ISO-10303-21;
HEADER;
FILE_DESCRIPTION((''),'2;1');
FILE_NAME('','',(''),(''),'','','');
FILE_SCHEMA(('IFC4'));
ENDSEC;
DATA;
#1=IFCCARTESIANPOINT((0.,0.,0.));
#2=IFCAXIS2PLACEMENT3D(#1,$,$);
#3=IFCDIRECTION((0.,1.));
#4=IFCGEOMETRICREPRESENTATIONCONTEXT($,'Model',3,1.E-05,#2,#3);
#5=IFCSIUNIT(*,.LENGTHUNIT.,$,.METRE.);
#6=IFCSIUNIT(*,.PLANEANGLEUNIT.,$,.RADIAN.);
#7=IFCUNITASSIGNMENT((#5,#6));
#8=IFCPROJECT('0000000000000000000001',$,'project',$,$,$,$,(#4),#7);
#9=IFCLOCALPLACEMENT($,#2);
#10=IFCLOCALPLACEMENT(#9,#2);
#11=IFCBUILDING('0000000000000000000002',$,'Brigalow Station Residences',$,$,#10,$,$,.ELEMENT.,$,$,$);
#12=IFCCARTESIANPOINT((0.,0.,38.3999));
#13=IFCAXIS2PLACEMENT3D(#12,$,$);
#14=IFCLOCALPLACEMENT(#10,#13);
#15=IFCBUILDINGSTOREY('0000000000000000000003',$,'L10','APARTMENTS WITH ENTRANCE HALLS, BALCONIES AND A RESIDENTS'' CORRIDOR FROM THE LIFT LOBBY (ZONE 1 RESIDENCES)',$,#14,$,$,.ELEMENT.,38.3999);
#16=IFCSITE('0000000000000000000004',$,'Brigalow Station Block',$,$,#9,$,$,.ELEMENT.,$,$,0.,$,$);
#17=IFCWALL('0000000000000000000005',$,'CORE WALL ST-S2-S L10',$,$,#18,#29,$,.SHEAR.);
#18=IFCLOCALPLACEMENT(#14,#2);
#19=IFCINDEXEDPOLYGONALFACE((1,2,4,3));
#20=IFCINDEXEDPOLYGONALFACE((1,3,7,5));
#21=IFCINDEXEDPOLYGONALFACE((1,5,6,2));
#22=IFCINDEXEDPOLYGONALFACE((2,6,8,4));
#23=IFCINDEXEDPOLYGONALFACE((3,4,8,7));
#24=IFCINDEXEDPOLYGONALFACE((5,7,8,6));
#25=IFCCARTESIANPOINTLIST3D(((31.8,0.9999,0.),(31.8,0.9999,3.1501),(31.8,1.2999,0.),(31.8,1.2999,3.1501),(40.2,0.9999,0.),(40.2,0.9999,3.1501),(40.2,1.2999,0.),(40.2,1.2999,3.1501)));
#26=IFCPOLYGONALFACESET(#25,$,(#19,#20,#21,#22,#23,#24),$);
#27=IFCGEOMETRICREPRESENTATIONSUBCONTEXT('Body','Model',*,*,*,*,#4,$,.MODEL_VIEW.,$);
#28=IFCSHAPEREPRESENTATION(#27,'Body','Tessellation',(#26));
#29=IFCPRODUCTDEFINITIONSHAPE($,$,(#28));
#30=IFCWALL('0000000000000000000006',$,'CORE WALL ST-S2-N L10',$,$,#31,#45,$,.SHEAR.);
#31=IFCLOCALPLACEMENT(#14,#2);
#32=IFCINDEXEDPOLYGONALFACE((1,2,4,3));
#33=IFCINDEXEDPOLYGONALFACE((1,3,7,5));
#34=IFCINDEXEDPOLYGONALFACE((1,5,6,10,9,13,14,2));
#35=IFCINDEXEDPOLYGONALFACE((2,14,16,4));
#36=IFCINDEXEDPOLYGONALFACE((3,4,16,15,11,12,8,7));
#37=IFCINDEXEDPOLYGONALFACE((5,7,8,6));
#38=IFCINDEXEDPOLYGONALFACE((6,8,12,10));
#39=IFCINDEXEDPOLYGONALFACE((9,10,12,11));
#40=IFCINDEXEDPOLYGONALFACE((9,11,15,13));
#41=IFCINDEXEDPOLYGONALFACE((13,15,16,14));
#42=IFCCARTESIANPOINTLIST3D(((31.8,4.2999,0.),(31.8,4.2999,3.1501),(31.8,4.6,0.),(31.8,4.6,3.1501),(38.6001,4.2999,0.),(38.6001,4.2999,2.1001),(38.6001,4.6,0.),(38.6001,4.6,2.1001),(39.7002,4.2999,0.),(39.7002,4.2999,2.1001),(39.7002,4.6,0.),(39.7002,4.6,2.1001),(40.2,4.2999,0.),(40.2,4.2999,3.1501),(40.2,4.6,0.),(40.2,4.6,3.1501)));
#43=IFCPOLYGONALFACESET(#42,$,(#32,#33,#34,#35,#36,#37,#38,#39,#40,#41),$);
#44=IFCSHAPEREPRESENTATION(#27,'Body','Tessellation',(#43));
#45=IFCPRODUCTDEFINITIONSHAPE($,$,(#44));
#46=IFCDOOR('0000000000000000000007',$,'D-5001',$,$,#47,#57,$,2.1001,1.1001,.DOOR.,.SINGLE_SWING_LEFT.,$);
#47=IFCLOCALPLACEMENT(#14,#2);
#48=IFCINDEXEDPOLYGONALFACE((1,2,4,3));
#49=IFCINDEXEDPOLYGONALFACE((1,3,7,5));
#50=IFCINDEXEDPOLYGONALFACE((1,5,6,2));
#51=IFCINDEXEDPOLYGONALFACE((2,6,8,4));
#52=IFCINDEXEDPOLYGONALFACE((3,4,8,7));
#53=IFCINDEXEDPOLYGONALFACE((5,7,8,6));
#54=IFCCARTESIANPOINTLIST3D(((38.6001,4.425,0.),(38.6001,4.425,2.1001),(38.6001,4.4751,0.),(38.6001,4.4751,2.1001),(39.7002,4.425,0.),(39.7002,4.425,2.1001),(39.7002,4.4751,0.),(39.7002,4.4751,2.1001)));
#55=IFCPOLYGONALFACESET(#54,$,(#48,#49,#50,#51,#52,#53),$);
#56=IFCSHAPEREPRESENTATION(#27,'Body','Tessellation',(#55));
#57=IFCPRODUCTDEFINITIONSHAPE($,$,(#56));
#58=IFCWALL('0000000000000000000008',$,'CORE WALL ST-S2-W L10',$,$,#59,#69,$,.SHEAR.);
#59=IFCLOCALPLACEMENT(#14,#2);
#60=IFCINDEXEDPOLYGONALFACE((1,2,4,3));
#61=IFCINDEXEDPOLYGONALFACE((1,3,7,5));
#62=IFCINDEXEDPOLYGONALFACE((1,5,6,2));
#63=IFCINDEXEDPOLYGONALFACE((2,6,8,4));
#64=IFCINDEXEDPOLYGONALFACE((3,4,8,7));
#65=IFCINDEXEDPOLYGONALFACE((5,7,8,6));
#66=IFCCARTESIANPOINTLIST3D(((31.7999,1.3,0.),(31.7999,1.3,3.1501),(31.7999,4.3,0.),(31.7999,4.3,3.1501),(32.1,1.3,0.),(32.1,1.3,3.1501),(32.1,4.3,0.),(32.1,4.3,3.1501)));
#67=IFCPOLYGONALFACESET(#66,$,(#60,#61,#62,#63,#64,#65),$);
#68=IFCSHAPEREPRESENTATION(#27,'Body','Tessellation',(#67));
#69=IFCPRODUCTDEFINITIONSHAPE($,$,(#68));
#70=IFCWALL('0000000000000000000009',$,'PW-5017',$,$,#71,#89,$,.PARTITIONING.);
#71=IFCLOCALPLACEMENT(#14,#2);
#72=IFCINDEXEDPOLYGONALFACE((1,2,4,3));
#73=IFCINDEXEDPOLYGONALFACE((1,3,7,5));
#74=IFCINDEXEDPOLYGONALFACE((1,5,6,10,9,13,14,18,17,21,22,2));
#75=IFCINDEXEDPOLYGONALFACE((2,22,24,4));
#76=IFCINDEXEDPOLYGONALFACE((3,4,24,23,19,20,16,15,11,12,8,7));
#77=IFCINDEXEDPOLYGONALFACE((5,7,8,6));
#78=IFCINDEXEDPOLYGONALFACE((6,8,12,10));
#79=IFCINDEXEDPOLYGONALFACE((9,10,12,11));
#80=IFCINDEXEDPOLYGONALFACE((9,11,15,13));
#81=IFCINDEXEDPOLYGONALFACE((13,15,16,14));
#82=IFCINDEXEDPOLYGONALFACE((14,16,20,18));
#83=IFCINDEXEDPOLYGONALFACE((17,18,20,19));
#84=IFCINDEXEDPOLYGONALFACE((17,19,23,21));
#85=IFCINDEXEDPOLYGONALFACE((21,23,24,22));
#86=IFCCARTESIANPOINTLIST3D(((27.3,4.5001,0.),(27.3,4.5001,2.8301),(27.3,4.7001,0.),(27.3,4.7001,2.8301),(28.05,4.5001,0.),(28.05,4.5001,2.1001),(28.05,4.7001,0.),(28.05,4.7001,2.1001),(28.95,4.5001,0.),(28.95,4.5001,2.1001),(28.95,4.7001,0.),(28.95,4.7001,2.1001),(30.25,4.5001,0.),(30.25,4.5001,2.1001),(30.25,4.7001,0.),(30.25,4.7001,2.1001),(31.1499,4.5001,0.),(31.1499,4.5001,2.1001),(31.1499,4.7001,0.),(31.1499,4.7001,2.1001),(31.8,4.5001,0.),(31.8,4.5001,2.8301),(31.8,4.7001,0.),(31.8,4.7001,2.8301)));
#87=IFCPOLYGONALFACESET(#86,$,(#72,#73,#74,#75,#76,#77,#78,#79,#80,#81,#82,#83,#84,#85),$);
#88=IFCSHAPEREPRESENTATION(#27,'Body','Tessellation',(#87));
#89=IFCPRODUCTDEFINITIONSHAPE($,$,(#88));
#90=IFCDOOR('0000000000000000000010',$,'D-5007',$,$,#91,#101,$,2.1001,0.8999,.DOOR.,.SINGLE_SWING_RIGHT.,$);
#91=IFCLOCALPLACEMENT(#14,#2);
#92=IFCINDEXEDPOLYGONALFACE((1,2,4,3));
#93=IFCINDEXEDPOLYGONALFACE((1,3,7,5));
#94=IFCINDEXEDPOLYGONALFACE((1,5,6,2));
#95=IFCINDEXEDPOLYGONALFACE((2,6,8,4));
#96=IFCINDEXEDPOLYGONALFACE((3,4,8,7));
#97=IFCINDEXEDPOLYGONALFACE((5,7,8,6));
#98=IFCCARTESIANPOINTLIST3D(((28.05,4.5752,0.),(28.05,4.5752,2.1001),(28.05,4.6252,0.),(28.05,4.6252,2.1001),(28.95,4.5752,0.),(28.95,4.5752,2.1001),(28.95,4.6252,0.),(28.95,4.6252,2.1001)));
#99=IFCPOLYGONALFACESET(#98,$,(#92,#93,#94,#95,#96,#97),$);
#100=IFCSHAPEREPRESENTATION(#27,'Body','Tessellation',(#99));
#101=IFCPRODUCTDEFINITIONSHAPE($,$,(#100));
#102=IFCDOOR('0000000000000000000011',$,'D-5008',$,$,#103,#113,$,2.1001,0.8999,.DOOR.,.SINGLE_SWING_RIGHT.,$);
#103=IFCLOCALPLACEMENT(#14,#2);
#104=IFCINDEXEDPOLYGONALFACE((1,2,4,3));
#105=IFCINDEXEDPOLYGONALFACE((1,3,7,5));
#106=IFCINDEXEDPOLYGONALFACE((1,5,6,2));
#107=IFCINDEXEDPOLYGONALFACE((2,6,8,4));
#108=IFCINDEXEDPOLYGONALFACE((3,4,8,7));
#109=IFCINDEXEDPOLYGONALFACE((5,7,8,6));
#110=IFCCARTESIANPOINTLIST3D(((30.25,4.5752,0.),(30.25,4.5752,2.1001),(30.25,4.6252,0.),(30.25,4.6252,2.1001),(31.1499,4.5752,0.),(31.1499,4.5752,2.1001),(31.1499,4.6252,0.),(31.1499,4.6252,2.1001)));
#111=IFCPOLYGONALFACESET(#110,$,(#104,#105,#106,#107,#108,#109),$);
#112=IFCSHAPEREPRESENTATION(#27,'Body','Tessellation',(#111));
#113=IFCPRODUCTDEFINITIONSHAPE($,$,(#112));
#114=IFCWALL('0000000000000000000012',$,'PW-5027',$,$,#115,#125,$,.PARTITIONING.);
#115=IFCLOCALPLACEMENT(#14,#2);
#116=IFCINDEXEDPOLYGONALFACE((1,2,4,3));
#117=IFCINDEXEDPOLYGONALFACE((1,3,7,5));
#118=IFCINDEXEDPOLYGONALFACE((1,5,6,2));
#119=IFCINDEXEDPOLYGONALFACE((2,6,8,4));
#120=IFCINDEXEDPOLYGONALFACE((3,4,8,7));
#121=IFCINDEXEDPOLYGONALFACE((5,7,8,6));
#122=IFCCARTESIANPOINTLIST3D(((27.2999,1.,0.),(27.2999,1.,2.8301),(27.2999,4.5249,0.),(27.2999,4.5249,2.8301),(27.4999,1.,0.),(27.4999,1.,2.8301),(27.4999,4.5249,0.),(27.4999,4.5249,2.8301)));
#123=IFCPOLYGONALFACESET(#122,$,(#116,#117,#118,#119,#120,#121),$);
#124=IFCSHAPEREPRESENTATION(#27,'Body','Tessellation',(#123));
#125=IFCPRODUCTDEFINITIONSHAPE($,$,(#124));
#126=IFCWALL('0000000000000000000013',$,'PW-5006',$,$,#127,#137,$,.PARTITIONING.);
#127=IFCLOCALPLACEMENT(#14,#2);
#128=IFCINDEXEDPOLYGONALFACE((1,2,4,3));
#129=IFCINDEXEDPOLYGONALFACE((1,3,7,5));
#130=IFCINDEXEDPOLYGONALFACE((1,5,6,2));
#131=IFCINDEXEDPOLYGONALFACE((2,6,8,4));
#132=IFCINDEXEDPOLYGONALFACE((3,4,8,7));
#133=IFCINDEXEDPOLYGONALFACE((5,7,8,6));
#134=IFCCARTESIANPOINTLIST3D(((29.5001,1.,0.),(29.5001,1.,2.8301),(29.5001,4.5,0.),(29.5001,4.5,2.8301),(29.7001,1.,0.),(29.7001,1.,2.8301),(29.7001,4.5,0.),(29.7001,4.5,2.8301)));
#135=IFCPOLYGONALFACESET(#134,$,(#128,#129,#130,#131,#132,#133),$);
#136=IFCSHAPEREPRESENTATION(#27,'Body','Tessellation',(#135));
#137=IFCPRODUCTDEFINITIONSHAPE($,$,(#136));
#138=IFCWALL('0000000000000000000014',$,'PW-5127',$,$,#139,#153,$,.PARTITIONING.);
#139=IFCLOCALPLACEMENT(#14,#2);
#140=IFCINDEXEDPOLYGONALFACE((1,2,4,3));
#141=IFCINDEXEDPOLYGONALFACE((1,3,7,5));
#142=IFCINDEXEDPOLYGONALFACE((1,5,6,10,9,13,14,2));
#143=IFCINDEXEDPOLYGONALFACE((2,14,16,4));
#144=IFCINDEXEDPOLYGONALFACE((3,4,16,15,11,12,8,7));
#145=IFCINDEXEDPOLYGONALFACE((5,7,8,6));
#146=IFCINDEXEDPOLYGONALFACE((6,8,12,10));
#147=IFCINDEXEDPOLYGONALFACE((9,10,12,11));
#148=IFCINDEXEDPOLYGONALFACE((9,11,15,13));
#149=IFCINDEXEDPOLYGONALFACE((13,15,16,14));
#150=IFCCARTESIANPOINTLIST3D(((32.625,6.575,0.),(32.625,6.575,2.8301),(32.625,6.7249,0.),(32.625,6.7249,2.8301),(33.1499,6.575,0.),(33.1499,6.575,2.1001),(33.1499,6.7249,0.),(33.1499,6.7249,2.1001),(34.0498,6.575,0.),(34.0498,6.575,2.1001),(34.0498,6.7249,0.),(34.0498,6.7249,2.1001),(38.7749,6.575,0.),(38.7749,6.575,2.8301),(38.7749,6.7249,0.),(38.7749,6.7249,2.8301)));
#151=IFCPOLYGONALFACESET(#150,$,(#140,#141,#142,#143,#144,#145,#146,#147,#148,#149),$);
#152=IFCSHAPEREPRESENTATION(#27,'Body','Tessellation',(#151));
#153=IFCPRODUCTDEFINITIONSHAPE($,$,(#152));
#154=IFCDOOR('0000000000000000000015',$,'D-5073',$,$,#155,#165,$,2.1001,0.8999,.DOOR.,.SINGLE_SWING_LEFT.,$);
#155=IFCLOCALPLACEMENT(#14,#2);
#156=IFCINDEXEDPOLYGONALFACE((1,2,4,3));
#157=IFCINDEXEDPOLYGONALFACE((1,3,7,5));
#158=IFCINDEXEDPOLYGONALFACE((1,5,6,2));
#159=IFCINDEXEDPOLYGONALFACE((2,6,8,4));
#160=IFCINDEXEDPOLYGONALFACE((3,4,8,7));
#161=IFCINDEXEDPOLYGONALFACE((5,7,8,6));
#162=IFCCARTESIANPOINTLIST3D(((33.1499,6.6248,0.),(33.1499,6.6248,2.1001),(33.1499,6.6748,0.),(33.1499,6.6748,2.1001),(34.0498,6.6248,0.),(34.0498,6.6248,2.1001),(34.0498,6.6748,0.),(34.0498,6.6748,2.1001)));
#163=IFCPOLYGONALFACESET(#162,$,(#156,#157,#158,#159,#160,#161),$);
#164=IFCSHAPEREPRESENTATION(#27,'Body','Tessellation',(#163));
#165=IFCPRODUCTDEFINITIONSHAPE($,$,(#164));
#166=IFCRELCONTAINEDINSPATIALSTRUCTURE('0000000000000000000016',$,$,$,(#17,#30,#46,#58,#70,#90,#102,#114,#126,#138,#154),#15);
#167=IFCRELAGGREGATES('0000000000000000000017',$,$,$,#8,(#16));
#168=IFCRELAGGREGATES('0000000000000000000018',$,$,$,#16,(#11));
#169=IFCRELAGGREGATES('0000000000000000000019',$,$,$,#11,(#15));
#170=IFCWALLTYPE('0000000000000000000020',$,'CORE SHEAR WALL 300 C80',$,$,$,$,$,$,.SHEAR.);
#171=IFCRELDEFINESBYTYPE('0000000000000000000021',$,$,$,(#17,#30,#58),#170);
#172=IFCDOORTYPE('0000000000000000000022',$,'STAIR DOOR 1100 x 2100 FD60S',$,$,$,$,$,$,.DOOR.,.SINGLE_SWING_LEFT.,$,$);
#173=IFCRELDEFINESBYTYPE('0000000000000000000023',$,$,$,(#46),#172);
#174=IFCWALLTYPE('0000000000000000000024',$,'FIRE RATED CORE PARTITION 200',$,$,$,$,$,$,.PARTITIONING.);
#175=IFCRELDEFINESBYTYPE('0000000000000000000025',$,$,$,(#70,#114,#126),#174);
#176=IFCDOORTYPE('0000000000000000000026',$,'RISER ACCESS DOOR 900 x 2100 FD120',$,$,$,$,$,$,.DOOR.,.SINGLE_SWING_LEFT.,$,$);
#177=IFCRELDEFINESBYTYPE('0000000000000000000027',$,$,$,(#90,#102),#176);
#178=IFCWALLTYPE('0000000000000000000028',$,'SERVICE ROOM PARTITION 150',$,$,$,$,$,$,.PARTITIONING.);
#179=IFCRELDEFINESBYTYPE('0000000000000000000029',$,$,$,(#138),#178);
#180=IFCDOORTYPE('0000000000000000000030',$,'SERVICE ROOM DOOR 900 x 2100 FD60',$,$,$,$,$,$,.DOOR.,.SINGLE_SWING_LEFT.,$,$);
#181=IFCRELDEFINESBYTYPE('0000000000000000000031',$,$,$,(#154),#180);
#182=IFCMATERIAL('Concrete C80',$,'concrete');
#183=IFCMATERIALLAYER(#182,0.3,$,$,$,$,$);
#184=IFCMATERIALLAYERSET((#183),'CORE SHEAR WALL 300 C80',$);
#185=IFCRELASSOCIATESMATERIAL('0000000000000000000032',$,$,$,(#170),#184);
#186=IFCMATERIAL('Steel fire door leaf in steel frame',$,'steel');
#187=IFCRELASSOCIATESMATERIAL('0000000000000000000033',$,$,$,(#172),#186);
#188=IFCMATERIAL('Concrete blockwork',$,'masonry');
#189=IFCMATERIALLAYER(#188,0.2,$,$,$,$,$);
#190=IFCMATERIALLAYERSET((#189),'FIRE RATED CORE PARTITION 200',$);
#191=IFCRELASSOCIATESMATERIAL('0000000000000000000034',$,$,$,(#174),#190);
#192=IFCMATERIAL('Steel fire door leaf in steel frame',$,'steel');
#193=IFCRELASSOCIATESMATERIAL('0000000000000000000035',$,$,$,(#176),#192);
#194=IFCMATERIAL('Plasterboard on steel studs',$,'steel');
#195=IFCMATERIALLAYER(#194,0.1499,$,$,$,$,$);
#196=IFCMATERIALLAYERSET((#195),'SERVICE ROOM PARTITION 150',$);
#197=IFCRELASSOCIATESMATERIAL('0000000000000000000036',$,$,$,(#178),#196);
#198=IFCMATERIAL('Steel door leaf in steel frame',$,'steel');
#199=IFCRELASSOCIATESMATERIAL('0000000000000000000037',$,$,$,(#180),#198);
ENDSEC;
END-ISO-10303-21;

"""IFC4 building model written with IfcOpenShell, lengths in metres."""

from ifc_helpers import new_model, si_unit, direction, frame, frame_2d, origin, place, context, subcontext, project, spatial, rectangle, extrude, material, layer, layer_set, type_object, element, fill, save


model = new_model("IFC4")

# Units and contexts
model_context = context("Model", 3, precision=1e-05, world=origin(), true_north=direction((0.0, 1.0)))
body_context = subcontext(model_context, "Body", "Model", "MODEL_VIEW")
ifc_project = project(units=[si_unit("LENGTHUNIT", "METRE"), si_unit("PLANEANGLEUNIT", "RADIAN")], contexts=[model_context])

# Site, building, storey
site_placement = place(None, origin())
site = spatial("IfcSite", under=ifc_project, at=site_placement, Name="Brigalow Station Block", CompositionType="ELEMENT", RefElevation=0.0)
building_placement = place(site_placement, origin())
building = spatial("IfcBuilding", under=site, at=building_placement, Name="Brigalow Station Residences", CompositionType="ELEMENT")
storey_placement = place(building_placement, frame((0.0, 0.0, 38.3999)))
storey = spatial("IfcBuildingStorey", under=building, at=storey_placement, Name="L10", Description="APARTMENTS WITH ENTRANCE HALLS, BALCONIES AND A RESIDENTS' CORRIDOR FROM THE LIFT LOBBY (ZONE 1 RESIDENCES)", CompositionType="ELEMENT", Elevation=38.3999)

# Wall
ifc_material_1 = material(Name="Concrete C80", Category="concrete")
ifc_layer_1 = layer(ifc_material_1, 0.3)
ifc_layer_set_1 = layer_set([ifc_layer_1], Name="CORE SHEAR WALL 300 C80")
wall_type_1 = type_object("IfcWallType", Name="CORE SHEAR WALL 300 C80", PredefinedType="SHEAR", material=ifc_layer_set_1)
wall_1_placement = place(storey_placement, frame((31.8, 1.1499, 0.0), z_axis=(0.0, 0.0, 1.0), x_axis=(1.0, 0.0, 0.0)))
element("IfcWall", 1, at=wall_1_placement, inside=storey, type_object=wall_type_1, Name="CORE WALL ST-S2-S L10", PredefinedType="SHEAR", context=body_context, shape_type="SweptSolid", body=[
    extrude(rectangle(XDim=8.3999, YDim=0.3, at=frame_2d((4.2, 0.0))), origin(), (0.0, 0.0, 1.0), 3.1501),
])

# Wall, opening, door
wall_2_placement = place(storey_placement, frame((31.8, 4.45, 0.0), z_axis=(0.0, 0.0, 1.0), x_axis=(1.0, 0.0, 0.0)))
wall_2 = element("IfcWall", 2, at=wall_2_placement, inside=storey, type_object=wall_type_1, Name="CORE WALL ST-S2-N L10", PredefinedType="SHEAR", context=body_context, shape_type="SweptSolid", body=[
    extrude(rectangle(XDim=8.3999, YDim=0.3, at=frame_2d((4.2, 0.0))), origin(), (0.0, 0.0, 1.0), 3.1501),
])
opening_1_placement = place(wall_2_placement, frame((6.8, 0.0, 0.0)))
opening_1 = element("IfcOpeningElement", 3, at=opening_1_placement, cuts=wall_2, PredefinedType="OPENING", context=body_context, shape_type="SweptSolid", body=[
    extrude(rectangle(XDim=1.1001, YDim=2.1001, at=frame_2d((0.55, 1.05))), frame((0.0, 0.1602, 0.0), z_axis=(0.0, -1.0, 0.0), x_axis=(1.0, 0.0, 0.0)), (0.0, 0.0, 1.0), 0.3201),
])
ifc_material_2 = material(Name="Steel fire door leaf in steel frame", Category="steel")
door_type_1 = type_object("IfcDoorType", Name="STAIR DOOR 1100 x 2100 FD60S", OperationType="SINGLE_SWING_LEFT", PredefinedType="DOOR", material=ifc_material_2)
door_1_placement = place(opening_1_placement, frame((1.1001, 0.0, 0.0), z_axis=(0.0, 0.0, 1.0), x_axis=(-1.0, 0.0, 0.0)))
door_1 = element("IfcDoor", 4, at=door_1_placement, inside=storey, type_object=door_type_1, Name="D-5001", OperationType="SINGLE_SWING_LEFT", OverallHeight=2.1001, OverallWidth=1.1001, PredefinedType="DOOR", context=body_context, shape_type="SweptSolid", body=[
    extrude(rectangle(XDim=1.1001, YDim=2.1001, at=frame_2d((0.55, 1.05))), frame((0.0, 0.0249, 0.0), z_axis=(0.0, -1.0, 0.0), x_axis=(1.0, 0.0, 0.0)), (0.0, 0.0, 1.0), 0.05),
])
fill(opening_1, door_1)

# Wall
wall_3_placement = place(storey_placement, frame((31.95, 1.3, 0.0), z_axis=(0.0, 0.0, 1.0), x_axis=(0.0, 1.0, 0.0)))
element("IfcWall", 5, at=wall_3_placement, inside=storey, type_object=wall_type_1, Name="CORE WALL ST-S2-W L10", PredefinedType="SHEAR", context=body_context, shape_type="SweptSolid", body=[
    extrude(rectangle(XDim=3.0, YDim=0.3, at=frame_2d((1.5, 0.0))), origin(), (0.0, 0.0, 1.0), 3.1501),
])

# Wall, openings, doors
ifc_material_3 = material(Name="Concrete blockwork", Category="masonry")
ifc_layer_2 = layer(ifc_material_3, 0.2)
ifc_layer_set_2 = layer_set([ifc_layer_2], Name="FIRE RATED CORE PARTITION 200")
wall_type_2 = type_object("IfcWallType", Name="FIRE RATED CORE PARTITION 200", PredefinedType="PARTITIONING", material=ifc_layer_set_2)
wall_4_placement = place(storey_placement, frame((27.3, 4.6001, 0.0), z_axis=(0.0, 0.0, 1.0), x_axis=(1.0, 0.0, 0.0)))
wall_4 = element("IfcWall", 6, at=wall_4_placement, inside=storey, type_object=wall_type_2, Name="PW-5017", PredefinedType="PARTITIONING", context=body_context, shape_type="SweptSolid", body=[
    extrude(rectangle(XDim=4.5, YDim=0.2, at=frame_2d((2.25, 0.0))), origin(), (0.0, 0.0, 1.0), 2.8301),
])
opening_2_placement = place(wall_4_placement, frame((0.75, 0.0, 0.0)))
opening_2 = element("IfcOpeningElement", 7, at=opening_2_placement, cuts=wall_4, PredefinedType="OPENING", context=body_context, shape_type="SweptSolid", body=[
    extrude(rectangle(XDim=0.8999, YDim=2.1001, at=frame_2d((0.45, 1.05))), frame((0.0, 0.1099, 0.0), z_axis=(0.0, -1.0, 0.0), x_axis=(1.0, 0.0, 0.0)), (0.0, 0.0, 1.0), 0.22),
])
opening_3_placement = place(wall_4_placement, frame((2.95, 0.0, 0.0)))
opening_3 = element("IfcOpeningElement", 8, at=opening_3_placement, cuts=wall_4, PredefinedType="OPENING", context=body_context, shape_type="SweptSolid", body=[
    extrude(rectangle(XDim=0.8999, YDim=2.1001, at=frame_2d((0.45, 1.05))), frame((0.0, 0.1099, 0.0), z_axis=(0.0, -1.0, 0.0), x_axis=(1.0, 0.0, 0.0)), (0.0, 0.0, 1.0), 0.22),
])
ifc_material_4 = material(Name="Steel fire door leaf in steel frame", Category="steel")
door_type_2 = type_object("IfcDoorType", Name="RISER ACCESS DOOR 900 x 2100 FD120", OperationType="SINGLE_SWING_LEFT", PredefinedType="DOOR", material=ifc_material_4)
door_2_placement = place(opening_2_placement, frame((0.8999, 0.0, 0.0), z_axis=(0.0, 0.0, 1.0), x_axis=(-1.0, 0.0, 0.0)))
door_2 = element("IfcDoor", 9, at=door_2_placement, inside=storey, type_object=door_type_2, Name="D-5007", OperationType="SINGLE_SWING_RIGHT", OverallHeight=2.1001, OverallWidth=0.8999, PredefinedType="DOOR", context=body_context, shape_type="SweptSolid", body=[
    extrude(rectangle(XDim=0.8999, YDim=2.1001, at=frame_2d((0.45, 1.05))), frame((0.0, 0.0249, 0.0), z_axis=(0.0, -1.0, 0.0), x_axis=(1.0, 0.0, 0.0)), (0.0, 0.0, 1.0), 0.05),
])
fill(opening_2, door_2)
door_3_placement = place(opening_3_placement, frame((0.8999, 0.0, 0.0), z_axis=(0.0, 0.0, 1.0), x_axis=(-1.0, 0.0, 0.0)))
door_3 = element("IfcDoor", 10, at=door_3_placement, inside=storey, type_object=door_type_2, Name="D-5008", OperationType="SINGLE_SWING_RIGHT", OverallHeight=2.1001, OverallWidth=0.8999, PredefinedType="DOOR", context=body_context, shape_type="SweptSolid", body=[
    extrude(rectangle(XDim=0.8999, YDim=2.1001, at=frame_2d((0.45, 1.05))), frame((0.0, 0.0249, 0.0), z_axis=(0.0, -1.0, 0.0), x_axis=(1.0, 0.0, 0.0)), (0.0, 0.0, 1.0), 0.05),
])
fill(opening_3, door_3)

# Walls
wall_5_placement = place(storey_placement, frame((27.3999, 1.0, 0.0), z_axis=(0.0, 0.0, 1.0), x_axis=(0.0, 1.0, 0.0)))
element("IfcWall", 11, at=wall_5_placement, inside=storey, type_object=wall_type_2, Name="PW-5027", PredefinedType="PARTITIONING", context=body_context, shape_type="SweptSolid", body=[
    extrude(rectangle(XDim=3.5249, YDim=0.2, at=frame_2d((1.7625, 0.0))), origin(), (0.0, 0.0, 1.0), 2.8301),
])
wall_6_placement = place(storey_placement, frame((29.6001, 1.0, 0.0), z_axis=(0.0, 0.0, 1.0), x_axis=(0.0, 1.0, 0.0)))
element("IfcWall", 12, at=wall_6_placement, inside=storey, type_object=wall_type_2, Name="PW-5006", PredefinedType="PARTITIONING", context=body_context, shape_type="SweptSolid", body=[
    extrude(rectangle(XDim=3.5, YDim=0.2, at=frame_2d((1.75, 0.0))), origin(), (0.0, 0.0, 1.0), 2.8301),
])

# Wall, opening, door
ifc_material_5 = material(Name="Plasterboard on steel studs", Category="steel")
ifc_layer_3 = layer(ifc_material_5, 0.1499)
ifc_layer_set_3 = layer_set([ifc_layer_3], Name="SERVICE ROOM PARTITION 150")
wall_type_3 = type_object("IfcWallType", Name="SERVICE ROOM PARTITION 150", PredefinedType="PARTITIONING", material=ifc_layer_set_3)
wall_7_placement = place(storey_placement, frame((32.625, 6.6499, 0.0), z_axis=(0.0, 0.0, 1.0), x_axis=(1.0, 0.0, 0.0)))
wall_7 = element("IfcWall", 13, at=wall_7_placement, inside=storey, type_object=wall_type_3, Name="PW-5127", PredefinedType="PARTITIONING", context=body_context, shape_type="SweptSolid", body=[
    extrude(rectangle(XDim=6.1499, YDim=0.1499, at=frame_2d((3.075, 0.0))), origin(), (0.0, 0.0, 1.0), 2.8301),
])
opening_4_placement = place(wall_7_placement, frame((0.5249, 0.0, 0.0)))
opening_4 = element("IfcOpeningElement", 14, at=opening_4_placement, cuts=wall_7, PredefinedType="OPENING", context=body_context, shape_type="SweptSolid", body=[
    extrude(rectangle(XDim=0.8999, YDim=2.1001, at=frame_2d((0.45, 1.05))), frame((0.0, 0.085, 0.0), z_axis=(0.0, -1.0, 0.0), x_axis=(1.0, 0.0, 0.0)), (0.0, 0.0, 1.0), 0.1699),
])
ifc_material_6 = material(Name="Steel door leaf in steel frame", Category="steel")
door_type_3 = type_object("IfcDoorType", Name="SERVICE ROOM DOOR 900 x 2100 FD60", OperationType="SINGLE_SWING_LEFT", PredefinedType="DOOR", material=ifc_material_6)
door_4_placement = place(opening_4_placement, origin())
door_4 = element("IfcDoor", 15, at=door_4_placement, inside=storey, type_object=door_type_3, Name="D-5073", OperationType="SINGLE_SWING_LEFT", OverallHeight=2.1001, OverallWidth=0.8999, PredefinedType="DOOR", context=body_context, shape_type="SweptSolid", body=[
    extrude(rectangle(XDim=0.8999, YDim=2.1001, at=frame_2d((0.45, 1.05))), frame((0.0, 0.0249, 0.0), z_axis=(0.0, -1.0, 0.0), x_axis=(1.0, 0.0, 0.0)), (0.0, 0.0, 1.0), 0.05),
])
fill(opening_4, door_4)

save(model, "model.ifc")
